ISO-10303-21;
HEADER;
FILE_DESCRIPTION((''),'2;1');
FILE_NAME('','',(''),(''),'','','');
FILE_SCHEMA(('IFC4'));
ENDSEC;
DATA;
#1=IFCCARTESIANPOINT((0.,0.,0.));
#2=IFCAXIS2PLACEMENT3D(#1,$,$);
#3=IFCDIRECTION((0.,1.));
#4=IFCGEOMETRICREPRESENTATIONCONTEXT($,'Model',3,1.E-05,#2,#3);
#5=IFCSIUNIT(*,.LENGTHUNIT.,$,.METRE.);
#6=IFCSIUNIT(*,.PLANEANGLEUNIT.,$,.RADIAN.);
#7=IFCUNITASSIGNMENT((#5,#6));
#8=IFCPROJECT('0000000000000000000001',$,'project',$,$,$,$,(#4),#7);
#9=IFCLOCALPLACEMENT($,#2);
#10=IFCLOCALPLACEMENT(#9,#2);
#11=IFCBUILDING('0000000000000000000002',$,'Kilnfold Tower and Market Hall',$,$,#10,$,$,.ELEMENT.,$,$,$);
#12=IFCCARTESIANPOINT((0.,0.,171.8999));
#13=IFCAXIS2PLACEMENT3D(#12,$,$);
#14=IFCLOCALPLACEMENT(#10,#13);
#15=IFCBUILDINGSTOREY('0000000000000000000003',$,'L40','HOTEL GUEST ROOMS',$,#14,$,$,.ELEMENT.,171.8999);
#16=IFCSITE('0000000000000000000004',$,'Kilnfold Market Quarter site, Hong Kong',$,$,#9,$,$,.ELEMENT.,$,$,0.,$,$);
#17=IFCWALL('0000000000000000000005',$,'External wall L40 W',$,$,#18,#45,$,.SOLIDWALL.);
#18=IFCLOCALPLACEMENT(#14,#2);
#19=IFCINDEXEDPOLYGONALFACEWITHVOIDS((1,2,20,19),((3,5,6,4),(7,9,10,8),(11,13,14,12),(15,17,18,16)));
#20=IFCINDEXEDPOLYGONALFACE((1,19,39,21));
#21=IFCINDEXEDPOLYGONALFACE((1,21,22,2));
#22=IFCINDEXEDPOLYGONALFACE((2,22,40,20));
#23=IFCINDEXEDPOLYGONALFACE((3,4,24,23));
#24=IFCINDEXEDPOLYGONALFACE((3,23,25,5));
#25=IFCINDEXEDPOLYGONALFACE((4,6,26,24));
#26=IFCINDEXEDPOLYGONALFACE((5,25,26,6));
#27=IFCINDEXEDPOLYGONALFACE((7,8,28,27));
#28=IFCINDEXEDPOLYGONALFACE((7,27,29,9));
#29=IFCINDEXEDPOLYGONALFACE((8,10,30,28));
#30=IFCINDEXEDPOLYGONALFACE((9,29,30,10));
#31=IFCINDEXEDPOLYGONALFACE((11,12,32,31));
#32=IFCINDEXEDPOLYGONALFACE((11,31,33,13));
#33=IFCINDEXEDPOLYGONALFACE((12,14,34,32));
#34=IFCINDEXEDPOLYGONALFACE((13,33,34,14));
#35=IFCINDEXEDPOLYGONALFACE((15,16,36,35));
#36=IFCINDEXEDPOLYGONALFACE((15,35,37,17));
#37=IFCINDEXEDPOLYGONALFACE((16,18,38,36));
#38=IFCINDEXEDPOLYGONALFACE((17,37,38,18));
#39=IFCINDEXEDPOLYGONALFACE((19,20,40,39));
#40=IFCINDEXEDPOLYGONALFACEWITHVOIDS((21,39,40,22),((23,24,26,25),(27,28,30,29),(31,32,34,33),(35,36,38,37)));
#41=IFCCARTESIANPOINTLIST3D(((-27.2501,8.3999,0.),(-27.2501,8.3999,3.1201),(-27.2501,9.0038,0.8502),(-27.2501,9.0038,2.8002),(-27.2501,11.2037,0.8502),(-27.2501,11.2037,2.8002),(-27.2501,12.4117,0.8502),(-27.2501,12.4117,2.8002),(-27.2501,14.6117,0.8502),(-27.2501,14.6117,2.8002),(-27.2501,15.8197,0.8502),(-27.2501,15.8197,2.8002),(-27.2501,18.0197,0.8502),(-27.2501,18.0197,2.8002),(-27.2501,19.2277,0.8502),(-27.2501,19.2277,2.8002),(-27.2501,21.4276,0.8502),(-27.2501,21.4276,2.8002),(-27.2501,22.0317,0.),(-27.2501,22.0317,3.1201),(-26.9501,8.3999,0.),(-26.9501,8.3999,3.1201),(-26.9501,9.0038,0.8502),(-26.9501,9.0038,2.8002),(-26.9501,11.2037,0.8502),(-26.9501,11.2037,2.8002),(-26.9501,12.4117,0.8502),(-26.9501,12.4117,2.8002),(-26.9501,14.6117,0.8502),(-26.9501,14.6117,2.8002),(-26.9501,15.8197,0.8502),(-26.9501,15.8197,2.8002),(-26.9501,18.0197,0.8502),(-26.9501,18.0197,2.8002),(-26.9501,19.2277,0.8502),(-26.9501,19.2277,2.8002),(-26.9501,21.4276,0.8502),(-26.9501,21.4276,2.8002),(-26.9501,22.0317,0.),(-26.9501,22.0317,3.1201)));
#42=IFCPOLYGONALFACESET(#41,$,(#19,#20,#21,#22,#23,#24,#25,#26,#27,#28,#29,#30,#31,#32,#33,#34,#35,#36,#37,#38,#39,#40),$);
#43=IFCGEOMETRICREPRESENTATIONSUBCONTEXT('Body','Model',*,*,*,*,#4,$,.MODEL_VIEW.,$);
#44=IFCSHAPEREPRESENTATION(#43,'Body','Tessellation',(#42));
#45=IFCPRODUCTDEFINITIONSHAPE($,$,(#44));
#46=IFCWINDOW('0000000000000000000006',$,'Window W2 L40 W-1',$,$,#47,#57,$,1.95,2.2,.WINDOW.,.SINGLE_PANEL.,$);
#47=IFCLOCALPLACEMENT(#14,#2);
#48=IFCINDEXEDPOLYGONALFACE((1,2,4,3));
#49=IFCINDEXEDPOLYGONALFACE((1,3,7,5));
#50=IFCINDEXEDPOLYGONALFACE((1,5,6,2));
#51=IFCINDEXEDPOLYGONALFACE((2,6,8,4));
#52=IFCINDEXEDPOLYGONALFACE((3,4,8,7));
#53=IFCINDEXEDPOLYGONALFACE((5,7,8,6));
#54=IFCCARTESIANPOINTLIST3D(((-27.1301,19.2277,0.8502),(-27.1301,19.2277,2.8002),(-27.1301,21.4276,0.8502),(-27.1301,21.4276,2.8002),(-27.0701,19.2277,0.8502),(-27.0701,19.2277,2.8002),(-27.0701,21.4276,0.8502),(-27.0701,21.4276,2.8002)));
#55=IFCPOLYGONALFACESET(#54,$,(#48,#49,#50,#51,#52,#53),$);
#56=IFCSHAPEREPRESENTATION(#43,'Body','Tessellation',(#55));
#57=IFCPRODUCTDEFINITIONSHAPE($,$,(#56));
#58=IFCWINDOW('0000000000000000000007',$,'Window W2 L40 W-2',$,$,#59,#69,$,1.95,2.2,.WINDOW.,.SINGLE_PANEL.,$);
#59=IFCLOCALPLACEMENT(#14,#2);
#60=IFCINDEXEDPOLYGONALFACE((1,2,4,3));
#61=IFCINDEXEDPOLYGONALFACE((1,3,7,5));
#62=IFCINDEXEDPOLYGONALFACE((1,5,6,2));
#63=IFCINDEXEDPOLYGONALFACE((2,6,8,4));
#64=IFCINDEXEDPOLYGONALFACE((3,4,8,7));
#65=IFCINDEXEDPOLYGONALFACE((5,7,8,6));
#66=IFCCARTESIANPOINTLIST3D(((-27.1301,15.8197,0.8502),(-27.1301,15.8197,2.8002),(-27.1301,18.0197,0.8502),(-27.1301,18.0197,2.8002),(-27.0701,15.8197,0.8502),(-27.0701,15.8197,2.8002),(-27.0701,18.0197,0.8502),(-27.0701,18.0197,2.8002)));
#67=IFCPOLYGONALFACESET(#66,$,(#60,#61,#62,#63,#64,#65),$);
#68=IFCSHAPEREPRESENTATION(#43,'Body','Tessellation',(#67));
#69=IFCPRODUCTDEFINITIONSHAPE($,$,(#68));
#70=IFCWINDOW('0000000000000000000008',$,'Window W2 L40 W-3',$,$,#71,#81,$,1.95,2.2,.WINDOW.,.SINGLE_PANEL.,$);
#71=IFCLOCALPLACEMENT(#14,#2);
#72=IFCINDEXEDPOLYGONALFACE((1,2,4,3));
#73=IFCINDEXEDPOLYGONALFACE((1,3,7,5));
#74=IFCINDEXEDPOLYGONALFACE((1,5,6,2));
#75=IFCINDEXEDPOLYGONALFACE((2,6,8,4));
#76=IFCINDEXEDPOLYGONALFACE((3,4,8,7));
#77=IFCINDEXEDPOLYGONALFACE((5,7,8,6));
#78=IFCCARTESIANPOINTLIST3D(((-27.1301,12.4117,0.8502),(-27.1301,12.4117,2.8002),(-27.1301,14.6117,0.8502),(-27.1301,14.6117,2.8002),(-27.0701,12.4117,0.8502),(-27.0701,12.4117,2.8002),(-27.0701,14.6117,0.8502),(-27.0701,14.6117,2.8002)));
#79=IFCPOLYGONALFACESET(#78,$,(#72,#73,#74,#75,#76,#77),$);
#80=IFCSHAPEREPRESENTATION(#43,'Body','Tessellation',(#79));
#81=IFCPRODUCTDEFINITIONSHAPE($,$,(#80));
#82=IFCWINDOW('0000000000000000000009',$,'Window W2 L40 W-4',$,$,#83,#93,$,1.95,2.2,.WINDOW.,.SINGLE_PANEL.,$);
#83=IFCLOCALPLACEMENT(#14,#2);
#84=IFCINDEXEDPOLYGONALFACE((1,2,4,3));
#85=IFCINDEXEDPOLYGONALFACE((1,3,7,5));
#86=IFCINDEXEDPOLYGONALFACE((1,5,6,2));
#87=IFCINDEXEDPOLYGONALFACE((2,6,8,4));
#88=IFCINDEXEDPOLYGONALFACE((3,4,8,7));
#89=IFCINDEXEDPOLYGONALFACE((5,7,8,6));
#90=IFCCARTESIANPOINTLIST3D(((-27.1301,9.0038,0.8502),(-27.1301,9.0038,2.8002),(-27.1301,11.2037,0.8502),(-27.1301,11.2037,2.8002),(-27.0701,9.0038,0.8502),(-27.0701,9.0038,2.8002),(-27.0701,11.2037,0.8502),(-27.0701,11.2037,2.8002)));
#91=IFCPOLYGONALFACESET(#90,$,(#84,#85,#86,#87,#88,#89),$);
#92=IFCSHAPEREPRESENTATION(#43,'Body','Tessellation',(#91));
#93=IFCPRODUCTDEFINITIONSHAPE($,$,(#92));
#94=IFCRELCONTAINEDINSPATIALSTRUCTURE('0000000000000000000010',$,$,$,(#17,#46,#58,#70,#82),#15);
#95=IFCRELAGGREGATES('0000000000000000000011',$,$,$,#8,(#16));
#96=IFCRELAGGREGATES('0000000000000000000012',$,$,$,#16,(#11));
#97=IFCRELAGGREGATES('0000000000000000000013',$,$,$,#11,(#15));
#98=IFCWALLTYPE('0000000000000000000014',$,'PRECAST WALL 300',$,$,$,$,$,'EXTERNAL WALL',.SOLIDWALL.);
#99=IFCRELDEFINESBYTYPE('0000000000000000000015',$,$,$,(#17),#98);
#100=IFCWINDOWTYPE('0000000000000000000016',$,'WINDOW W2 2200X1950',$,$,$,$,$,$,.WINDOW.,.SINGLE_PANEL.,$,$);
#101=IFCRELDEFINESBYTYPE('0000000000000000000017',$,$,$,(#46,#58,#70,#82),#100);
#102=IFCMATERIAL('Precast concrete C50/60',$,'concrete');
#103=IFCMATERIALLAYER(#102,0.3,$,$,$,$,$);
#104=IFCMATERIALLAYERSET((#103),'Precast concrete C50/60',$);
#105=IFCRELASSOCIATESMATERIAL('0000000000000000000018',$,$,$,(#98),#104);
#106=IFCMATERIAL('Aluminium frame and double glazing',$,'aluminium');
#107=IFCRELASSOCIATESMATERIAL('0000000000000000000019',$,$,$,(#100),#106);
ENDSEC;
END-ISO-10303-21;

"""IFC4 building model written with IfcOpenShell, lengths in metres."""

from ifc_helpers import new_model, si_unit, direction, frame, frame_2d, origin, place, context, subcontext, project, spatial, rectangle, extrude, source, transform, mapped, material, layer, layer_set, type_object, element, fill, save


model = new_model("IFC4")

# Units and contexts
model_context = context("Model", 3, precision=1e-05, world=origin(), true_north=direction((0.0, 1.0)))
body_context = subcontext(model_context, "Body", "Model", "MODEL_VIEW")
ifc_project = project(units=[si_unit("LENGTHUNIT", "METRE"), si_unit("PLANEANGLEUNIT", "RADIAN")], contexts=[model_context])

# Site, building, storey
site_placement = place(None, origin())
site = spatial("IfcSite", under=ifc_project, at=site_placement, Name="Kilnfold Market Quarter site, Hong Kong", CompositionType="ELEMENT", RefElevation=0.0)
building_placement = place(site_placement, origin())
building = spatial("IfcBuilding", under=site, at=building_placement, Name="Kilnfold Tower and Market Hall", CompositionType="ELEMENT")
storey_placement = place(building_placement, frame((0.0, 0.0, 171.8999)))
storey = spatial("IfcBuildingStorey", under=building, at=storey_placement, Name="L40", Description="HOTEL GUEST ROOMS", CompositionType="ELEMENT", Elevation=171.8999)

# Shared definitions
ifc_material_1 = material(Name="Precast concrete C50/60", Category="concrete")
ifc_layer = layer(ifc_material_1, 0.3)
ifc_layer_set = layer_set([ifc_layer], Name="Precast concrete C50/60")
wall_type = type_object("IfcWallType", Name="PRECAST WALL 300", ElementType="EXTERNAL WALL", PredefinedType="SOLIDWALL", material=ifc_layer_set)
ifc_material_2 = material(Name="Aluminium frame and double glazing", Category="aluminium")
window_type = type_object("IfcWindowType", Name="WINDOW W2 2200X1950", PartitioningType="SINGLE_PANEL", PredefinedType="WINDOW", material=ifc_material_2)

# Wall, openings, windows
shared_shape_1 = source(origin(), body_context, "Body", "SweptSolid", [
    extrude(rectangle(XDim=13.6318, YDim=0.3, at=frame_2d((6.8159, 0.0))), origin(), (0.0, 0.0, 1.0), 3.1201),
])
wall_1_placement = place(storey_placement, frame((-27.1001, 22.0317, 0.0), z_axis=(0.0, 0.0, 1.0), x_axis=(0.0, -1.0, 0.0)))
wall_1 = element("IfcWall", 1, at=wall_1_placement, inside=storey, type_object=wall_type, Name="External wall L40 W", PredefinedType="SOLIDWALL", context=body_context, shape_type="MappedRepresentation", body=[
    mapped(shared_shape_1, transform((0.0, 0.0, 0.0))),
])
opening_1_placement = place(wall_1_placement, frame((0.604, 0.0, 0.8501)))
opening_1 = element("IfcOpeningElement", 2, at=opening_1_placement, cuts=wall_1, PredefinedType="OPENING", context=body_context, shape_type="SweptSolid", body=[
    extrude(rectangle(XDim=2.2, YDim=1.95, at=frame_2d((1.1001, 0.9751))), frame((0.0, 0.1602, 0.0), z_axis=(0.0, -1.0, 0.0), x_axis=(1.0, 0.0, 0.0)), (0.0, 0.0, 1.0), 0.3201),
])
opening_2_placement = place(wall_1_placement, frame((4.012, 0.0, 0.8501)))
opening_2 = element("IfcOpeningElement", 3, at=opening_2_placement, cuts=wall_1, PredefinedType="OPENING", context=body_context, shape_type="SweptSolid", body=[
    extrude(rectangle(XDim=2.2, YDim=1.95, at=frame_2d((1.1001, 0.9751))), frame((0.0, 0.1602, 0.0), z_axis=(0.0, -1.0, 0.0), x_axis=(1.0, 0.0, 0.0)), (0.0, 0.0, 1.0), 0.3201),
])
opening_3_placement = place(wall_1_placement, frame((7.4199, 0.0, 0.8501)))
opening_3 = element("IfcOpeningElement", 4, at=opening_3_placement, cuts=wall_1, PredefinedType="OPENING", context=body_context, shape_type="SweptSolid", body=[
    extrude(rectangle(XDim=2.2, YDim=1.95, at=frame_2d((1.1001, 0.9751))), frame((0.0, 0.1602, 0.0), z_axis=(0.0, -1.0, 0.0), x_axis=(1.0, 0.0, 0.0)), (0.0, 0.0, 1.0), 0.3201),
])
opening_4_placement = place(wall_1_placement, frame((10.8279, 0.0, 0.8501)))
opening_4 = element("IfcOpeningElement", 5, at=opening_4_placement, cuts=wall_1, PredefinedType="OPENING", context=body_context, shape_type="SweptSolid", body=[
    extrude(rectangle(XDim=2.2, YDim=1.95, at=frame_2d((1.1001, 0.9751))), frame((0.0, 0.1602, 0.0), z_axis=(0.0, -1.0, 0.0), x_axis=(1.0, 0.0, 0.0)), (0.0, 0.0, 1.0), 0.3201),
])
window_1_placement = place(opening_1_placement, origin())
window_1 = element("IfcWindow", 6, at=window_1_placement, inside=storey, type_object=window_type, Name="Window W2 L40 W-1", OverallHeight=1.95, OverallWidth=2.2, PartitioningType="SINGLE_PANEL", PredefinedType="WINDOW", context=body_context, shape_type="SweptSolid", body=[
    extrude(rectangle(XDim=2.2, YDim=1.95, at=frame_2d((1.1001, 0.9751))), frame((0.0, 0.03, 0.0), z_axis=(0.0, -1.0, 0.0), x_axis=(1.0, 0.0, 0.0)), (0.0, 0.0, 1.0), 0.0601),
])
fill(opening_1, window_1)
window_2_placement = place(opening_2_placement, origin())
window_2 = element("IfcWindow", 7, at=window_2_placement, inside=storey, type_object=window_type, Name="Window W2 L40 W-2", OverallHeight=1.95, OverallWidth=2.2, PartitioningType="SINGLE_PANEL", PredefinedType="WINDOW", context=body_context, shape_type="SweptSolid", body=[
    extrude(rectangle(XDim=2.2, YDim=1.95, at=frame_2d((1.1001, 0.9751))), frame((0.0, 0.03, 0.0), z_axis=(0.0, -1.0, 0.0), x_axis=(1.0, 0.0, 0.0)), (0.0, 0.0, 1.0), 0.0601),
])
fill(opening_2, window_2)
window_3_placement = place(opening_3_placement, origin())
window_3 = element("IfcWindow", 8, at=window_3_placement, inside=storey, type_object=window_type, Name="Window W2 L40 W-3", OverallHeight=1.95, OverallWidth=2.2, PartitioningType="SINGLE_PANEL", PredefinedType="WINDOW", context=body_context, shape_type="SweptSolid", body=[
    extrude(rectangle(XDim=2.2, YDim=1.95, at=frame_2d((1.1001, 0.9751))), frame((0.0, 0.03, 0.0), z_axis=(0.0, -1.0, 0.0), x_axis=(1.0, 0.0, 0.0)), (0.0, 0.0, 1.0), 0.0601),
])
fill(opening_3, window_3)
window_4_placement = place(opening_4_placement, origin())
window_4 = element("IfcWindow", 9, at=window_4_placement, inside=storey, type_object=window_type, Name="Window W2 L40 W-4", OverallHeight=1.95, OverallWidth=2.2, PartitioningType="SINGLE_PANEL", PredefinedType="WINDOW", context=body_context, shape_type="SweptSolid", body=[
    extrude(rectangle(XDim=2.2, YDim=1.95, at=frame_2d((1.1001, 0.9751))), frame((0.0, 0.03, 0.0), z_axis=(0.0, -1.0, 0.0), x_axis=(1.0, 0.0, 0.0)), (0.0, 0.0, 1.0), 0.0601),
])
fill(opening_4, window_4)

save(model, "model.ifc")
